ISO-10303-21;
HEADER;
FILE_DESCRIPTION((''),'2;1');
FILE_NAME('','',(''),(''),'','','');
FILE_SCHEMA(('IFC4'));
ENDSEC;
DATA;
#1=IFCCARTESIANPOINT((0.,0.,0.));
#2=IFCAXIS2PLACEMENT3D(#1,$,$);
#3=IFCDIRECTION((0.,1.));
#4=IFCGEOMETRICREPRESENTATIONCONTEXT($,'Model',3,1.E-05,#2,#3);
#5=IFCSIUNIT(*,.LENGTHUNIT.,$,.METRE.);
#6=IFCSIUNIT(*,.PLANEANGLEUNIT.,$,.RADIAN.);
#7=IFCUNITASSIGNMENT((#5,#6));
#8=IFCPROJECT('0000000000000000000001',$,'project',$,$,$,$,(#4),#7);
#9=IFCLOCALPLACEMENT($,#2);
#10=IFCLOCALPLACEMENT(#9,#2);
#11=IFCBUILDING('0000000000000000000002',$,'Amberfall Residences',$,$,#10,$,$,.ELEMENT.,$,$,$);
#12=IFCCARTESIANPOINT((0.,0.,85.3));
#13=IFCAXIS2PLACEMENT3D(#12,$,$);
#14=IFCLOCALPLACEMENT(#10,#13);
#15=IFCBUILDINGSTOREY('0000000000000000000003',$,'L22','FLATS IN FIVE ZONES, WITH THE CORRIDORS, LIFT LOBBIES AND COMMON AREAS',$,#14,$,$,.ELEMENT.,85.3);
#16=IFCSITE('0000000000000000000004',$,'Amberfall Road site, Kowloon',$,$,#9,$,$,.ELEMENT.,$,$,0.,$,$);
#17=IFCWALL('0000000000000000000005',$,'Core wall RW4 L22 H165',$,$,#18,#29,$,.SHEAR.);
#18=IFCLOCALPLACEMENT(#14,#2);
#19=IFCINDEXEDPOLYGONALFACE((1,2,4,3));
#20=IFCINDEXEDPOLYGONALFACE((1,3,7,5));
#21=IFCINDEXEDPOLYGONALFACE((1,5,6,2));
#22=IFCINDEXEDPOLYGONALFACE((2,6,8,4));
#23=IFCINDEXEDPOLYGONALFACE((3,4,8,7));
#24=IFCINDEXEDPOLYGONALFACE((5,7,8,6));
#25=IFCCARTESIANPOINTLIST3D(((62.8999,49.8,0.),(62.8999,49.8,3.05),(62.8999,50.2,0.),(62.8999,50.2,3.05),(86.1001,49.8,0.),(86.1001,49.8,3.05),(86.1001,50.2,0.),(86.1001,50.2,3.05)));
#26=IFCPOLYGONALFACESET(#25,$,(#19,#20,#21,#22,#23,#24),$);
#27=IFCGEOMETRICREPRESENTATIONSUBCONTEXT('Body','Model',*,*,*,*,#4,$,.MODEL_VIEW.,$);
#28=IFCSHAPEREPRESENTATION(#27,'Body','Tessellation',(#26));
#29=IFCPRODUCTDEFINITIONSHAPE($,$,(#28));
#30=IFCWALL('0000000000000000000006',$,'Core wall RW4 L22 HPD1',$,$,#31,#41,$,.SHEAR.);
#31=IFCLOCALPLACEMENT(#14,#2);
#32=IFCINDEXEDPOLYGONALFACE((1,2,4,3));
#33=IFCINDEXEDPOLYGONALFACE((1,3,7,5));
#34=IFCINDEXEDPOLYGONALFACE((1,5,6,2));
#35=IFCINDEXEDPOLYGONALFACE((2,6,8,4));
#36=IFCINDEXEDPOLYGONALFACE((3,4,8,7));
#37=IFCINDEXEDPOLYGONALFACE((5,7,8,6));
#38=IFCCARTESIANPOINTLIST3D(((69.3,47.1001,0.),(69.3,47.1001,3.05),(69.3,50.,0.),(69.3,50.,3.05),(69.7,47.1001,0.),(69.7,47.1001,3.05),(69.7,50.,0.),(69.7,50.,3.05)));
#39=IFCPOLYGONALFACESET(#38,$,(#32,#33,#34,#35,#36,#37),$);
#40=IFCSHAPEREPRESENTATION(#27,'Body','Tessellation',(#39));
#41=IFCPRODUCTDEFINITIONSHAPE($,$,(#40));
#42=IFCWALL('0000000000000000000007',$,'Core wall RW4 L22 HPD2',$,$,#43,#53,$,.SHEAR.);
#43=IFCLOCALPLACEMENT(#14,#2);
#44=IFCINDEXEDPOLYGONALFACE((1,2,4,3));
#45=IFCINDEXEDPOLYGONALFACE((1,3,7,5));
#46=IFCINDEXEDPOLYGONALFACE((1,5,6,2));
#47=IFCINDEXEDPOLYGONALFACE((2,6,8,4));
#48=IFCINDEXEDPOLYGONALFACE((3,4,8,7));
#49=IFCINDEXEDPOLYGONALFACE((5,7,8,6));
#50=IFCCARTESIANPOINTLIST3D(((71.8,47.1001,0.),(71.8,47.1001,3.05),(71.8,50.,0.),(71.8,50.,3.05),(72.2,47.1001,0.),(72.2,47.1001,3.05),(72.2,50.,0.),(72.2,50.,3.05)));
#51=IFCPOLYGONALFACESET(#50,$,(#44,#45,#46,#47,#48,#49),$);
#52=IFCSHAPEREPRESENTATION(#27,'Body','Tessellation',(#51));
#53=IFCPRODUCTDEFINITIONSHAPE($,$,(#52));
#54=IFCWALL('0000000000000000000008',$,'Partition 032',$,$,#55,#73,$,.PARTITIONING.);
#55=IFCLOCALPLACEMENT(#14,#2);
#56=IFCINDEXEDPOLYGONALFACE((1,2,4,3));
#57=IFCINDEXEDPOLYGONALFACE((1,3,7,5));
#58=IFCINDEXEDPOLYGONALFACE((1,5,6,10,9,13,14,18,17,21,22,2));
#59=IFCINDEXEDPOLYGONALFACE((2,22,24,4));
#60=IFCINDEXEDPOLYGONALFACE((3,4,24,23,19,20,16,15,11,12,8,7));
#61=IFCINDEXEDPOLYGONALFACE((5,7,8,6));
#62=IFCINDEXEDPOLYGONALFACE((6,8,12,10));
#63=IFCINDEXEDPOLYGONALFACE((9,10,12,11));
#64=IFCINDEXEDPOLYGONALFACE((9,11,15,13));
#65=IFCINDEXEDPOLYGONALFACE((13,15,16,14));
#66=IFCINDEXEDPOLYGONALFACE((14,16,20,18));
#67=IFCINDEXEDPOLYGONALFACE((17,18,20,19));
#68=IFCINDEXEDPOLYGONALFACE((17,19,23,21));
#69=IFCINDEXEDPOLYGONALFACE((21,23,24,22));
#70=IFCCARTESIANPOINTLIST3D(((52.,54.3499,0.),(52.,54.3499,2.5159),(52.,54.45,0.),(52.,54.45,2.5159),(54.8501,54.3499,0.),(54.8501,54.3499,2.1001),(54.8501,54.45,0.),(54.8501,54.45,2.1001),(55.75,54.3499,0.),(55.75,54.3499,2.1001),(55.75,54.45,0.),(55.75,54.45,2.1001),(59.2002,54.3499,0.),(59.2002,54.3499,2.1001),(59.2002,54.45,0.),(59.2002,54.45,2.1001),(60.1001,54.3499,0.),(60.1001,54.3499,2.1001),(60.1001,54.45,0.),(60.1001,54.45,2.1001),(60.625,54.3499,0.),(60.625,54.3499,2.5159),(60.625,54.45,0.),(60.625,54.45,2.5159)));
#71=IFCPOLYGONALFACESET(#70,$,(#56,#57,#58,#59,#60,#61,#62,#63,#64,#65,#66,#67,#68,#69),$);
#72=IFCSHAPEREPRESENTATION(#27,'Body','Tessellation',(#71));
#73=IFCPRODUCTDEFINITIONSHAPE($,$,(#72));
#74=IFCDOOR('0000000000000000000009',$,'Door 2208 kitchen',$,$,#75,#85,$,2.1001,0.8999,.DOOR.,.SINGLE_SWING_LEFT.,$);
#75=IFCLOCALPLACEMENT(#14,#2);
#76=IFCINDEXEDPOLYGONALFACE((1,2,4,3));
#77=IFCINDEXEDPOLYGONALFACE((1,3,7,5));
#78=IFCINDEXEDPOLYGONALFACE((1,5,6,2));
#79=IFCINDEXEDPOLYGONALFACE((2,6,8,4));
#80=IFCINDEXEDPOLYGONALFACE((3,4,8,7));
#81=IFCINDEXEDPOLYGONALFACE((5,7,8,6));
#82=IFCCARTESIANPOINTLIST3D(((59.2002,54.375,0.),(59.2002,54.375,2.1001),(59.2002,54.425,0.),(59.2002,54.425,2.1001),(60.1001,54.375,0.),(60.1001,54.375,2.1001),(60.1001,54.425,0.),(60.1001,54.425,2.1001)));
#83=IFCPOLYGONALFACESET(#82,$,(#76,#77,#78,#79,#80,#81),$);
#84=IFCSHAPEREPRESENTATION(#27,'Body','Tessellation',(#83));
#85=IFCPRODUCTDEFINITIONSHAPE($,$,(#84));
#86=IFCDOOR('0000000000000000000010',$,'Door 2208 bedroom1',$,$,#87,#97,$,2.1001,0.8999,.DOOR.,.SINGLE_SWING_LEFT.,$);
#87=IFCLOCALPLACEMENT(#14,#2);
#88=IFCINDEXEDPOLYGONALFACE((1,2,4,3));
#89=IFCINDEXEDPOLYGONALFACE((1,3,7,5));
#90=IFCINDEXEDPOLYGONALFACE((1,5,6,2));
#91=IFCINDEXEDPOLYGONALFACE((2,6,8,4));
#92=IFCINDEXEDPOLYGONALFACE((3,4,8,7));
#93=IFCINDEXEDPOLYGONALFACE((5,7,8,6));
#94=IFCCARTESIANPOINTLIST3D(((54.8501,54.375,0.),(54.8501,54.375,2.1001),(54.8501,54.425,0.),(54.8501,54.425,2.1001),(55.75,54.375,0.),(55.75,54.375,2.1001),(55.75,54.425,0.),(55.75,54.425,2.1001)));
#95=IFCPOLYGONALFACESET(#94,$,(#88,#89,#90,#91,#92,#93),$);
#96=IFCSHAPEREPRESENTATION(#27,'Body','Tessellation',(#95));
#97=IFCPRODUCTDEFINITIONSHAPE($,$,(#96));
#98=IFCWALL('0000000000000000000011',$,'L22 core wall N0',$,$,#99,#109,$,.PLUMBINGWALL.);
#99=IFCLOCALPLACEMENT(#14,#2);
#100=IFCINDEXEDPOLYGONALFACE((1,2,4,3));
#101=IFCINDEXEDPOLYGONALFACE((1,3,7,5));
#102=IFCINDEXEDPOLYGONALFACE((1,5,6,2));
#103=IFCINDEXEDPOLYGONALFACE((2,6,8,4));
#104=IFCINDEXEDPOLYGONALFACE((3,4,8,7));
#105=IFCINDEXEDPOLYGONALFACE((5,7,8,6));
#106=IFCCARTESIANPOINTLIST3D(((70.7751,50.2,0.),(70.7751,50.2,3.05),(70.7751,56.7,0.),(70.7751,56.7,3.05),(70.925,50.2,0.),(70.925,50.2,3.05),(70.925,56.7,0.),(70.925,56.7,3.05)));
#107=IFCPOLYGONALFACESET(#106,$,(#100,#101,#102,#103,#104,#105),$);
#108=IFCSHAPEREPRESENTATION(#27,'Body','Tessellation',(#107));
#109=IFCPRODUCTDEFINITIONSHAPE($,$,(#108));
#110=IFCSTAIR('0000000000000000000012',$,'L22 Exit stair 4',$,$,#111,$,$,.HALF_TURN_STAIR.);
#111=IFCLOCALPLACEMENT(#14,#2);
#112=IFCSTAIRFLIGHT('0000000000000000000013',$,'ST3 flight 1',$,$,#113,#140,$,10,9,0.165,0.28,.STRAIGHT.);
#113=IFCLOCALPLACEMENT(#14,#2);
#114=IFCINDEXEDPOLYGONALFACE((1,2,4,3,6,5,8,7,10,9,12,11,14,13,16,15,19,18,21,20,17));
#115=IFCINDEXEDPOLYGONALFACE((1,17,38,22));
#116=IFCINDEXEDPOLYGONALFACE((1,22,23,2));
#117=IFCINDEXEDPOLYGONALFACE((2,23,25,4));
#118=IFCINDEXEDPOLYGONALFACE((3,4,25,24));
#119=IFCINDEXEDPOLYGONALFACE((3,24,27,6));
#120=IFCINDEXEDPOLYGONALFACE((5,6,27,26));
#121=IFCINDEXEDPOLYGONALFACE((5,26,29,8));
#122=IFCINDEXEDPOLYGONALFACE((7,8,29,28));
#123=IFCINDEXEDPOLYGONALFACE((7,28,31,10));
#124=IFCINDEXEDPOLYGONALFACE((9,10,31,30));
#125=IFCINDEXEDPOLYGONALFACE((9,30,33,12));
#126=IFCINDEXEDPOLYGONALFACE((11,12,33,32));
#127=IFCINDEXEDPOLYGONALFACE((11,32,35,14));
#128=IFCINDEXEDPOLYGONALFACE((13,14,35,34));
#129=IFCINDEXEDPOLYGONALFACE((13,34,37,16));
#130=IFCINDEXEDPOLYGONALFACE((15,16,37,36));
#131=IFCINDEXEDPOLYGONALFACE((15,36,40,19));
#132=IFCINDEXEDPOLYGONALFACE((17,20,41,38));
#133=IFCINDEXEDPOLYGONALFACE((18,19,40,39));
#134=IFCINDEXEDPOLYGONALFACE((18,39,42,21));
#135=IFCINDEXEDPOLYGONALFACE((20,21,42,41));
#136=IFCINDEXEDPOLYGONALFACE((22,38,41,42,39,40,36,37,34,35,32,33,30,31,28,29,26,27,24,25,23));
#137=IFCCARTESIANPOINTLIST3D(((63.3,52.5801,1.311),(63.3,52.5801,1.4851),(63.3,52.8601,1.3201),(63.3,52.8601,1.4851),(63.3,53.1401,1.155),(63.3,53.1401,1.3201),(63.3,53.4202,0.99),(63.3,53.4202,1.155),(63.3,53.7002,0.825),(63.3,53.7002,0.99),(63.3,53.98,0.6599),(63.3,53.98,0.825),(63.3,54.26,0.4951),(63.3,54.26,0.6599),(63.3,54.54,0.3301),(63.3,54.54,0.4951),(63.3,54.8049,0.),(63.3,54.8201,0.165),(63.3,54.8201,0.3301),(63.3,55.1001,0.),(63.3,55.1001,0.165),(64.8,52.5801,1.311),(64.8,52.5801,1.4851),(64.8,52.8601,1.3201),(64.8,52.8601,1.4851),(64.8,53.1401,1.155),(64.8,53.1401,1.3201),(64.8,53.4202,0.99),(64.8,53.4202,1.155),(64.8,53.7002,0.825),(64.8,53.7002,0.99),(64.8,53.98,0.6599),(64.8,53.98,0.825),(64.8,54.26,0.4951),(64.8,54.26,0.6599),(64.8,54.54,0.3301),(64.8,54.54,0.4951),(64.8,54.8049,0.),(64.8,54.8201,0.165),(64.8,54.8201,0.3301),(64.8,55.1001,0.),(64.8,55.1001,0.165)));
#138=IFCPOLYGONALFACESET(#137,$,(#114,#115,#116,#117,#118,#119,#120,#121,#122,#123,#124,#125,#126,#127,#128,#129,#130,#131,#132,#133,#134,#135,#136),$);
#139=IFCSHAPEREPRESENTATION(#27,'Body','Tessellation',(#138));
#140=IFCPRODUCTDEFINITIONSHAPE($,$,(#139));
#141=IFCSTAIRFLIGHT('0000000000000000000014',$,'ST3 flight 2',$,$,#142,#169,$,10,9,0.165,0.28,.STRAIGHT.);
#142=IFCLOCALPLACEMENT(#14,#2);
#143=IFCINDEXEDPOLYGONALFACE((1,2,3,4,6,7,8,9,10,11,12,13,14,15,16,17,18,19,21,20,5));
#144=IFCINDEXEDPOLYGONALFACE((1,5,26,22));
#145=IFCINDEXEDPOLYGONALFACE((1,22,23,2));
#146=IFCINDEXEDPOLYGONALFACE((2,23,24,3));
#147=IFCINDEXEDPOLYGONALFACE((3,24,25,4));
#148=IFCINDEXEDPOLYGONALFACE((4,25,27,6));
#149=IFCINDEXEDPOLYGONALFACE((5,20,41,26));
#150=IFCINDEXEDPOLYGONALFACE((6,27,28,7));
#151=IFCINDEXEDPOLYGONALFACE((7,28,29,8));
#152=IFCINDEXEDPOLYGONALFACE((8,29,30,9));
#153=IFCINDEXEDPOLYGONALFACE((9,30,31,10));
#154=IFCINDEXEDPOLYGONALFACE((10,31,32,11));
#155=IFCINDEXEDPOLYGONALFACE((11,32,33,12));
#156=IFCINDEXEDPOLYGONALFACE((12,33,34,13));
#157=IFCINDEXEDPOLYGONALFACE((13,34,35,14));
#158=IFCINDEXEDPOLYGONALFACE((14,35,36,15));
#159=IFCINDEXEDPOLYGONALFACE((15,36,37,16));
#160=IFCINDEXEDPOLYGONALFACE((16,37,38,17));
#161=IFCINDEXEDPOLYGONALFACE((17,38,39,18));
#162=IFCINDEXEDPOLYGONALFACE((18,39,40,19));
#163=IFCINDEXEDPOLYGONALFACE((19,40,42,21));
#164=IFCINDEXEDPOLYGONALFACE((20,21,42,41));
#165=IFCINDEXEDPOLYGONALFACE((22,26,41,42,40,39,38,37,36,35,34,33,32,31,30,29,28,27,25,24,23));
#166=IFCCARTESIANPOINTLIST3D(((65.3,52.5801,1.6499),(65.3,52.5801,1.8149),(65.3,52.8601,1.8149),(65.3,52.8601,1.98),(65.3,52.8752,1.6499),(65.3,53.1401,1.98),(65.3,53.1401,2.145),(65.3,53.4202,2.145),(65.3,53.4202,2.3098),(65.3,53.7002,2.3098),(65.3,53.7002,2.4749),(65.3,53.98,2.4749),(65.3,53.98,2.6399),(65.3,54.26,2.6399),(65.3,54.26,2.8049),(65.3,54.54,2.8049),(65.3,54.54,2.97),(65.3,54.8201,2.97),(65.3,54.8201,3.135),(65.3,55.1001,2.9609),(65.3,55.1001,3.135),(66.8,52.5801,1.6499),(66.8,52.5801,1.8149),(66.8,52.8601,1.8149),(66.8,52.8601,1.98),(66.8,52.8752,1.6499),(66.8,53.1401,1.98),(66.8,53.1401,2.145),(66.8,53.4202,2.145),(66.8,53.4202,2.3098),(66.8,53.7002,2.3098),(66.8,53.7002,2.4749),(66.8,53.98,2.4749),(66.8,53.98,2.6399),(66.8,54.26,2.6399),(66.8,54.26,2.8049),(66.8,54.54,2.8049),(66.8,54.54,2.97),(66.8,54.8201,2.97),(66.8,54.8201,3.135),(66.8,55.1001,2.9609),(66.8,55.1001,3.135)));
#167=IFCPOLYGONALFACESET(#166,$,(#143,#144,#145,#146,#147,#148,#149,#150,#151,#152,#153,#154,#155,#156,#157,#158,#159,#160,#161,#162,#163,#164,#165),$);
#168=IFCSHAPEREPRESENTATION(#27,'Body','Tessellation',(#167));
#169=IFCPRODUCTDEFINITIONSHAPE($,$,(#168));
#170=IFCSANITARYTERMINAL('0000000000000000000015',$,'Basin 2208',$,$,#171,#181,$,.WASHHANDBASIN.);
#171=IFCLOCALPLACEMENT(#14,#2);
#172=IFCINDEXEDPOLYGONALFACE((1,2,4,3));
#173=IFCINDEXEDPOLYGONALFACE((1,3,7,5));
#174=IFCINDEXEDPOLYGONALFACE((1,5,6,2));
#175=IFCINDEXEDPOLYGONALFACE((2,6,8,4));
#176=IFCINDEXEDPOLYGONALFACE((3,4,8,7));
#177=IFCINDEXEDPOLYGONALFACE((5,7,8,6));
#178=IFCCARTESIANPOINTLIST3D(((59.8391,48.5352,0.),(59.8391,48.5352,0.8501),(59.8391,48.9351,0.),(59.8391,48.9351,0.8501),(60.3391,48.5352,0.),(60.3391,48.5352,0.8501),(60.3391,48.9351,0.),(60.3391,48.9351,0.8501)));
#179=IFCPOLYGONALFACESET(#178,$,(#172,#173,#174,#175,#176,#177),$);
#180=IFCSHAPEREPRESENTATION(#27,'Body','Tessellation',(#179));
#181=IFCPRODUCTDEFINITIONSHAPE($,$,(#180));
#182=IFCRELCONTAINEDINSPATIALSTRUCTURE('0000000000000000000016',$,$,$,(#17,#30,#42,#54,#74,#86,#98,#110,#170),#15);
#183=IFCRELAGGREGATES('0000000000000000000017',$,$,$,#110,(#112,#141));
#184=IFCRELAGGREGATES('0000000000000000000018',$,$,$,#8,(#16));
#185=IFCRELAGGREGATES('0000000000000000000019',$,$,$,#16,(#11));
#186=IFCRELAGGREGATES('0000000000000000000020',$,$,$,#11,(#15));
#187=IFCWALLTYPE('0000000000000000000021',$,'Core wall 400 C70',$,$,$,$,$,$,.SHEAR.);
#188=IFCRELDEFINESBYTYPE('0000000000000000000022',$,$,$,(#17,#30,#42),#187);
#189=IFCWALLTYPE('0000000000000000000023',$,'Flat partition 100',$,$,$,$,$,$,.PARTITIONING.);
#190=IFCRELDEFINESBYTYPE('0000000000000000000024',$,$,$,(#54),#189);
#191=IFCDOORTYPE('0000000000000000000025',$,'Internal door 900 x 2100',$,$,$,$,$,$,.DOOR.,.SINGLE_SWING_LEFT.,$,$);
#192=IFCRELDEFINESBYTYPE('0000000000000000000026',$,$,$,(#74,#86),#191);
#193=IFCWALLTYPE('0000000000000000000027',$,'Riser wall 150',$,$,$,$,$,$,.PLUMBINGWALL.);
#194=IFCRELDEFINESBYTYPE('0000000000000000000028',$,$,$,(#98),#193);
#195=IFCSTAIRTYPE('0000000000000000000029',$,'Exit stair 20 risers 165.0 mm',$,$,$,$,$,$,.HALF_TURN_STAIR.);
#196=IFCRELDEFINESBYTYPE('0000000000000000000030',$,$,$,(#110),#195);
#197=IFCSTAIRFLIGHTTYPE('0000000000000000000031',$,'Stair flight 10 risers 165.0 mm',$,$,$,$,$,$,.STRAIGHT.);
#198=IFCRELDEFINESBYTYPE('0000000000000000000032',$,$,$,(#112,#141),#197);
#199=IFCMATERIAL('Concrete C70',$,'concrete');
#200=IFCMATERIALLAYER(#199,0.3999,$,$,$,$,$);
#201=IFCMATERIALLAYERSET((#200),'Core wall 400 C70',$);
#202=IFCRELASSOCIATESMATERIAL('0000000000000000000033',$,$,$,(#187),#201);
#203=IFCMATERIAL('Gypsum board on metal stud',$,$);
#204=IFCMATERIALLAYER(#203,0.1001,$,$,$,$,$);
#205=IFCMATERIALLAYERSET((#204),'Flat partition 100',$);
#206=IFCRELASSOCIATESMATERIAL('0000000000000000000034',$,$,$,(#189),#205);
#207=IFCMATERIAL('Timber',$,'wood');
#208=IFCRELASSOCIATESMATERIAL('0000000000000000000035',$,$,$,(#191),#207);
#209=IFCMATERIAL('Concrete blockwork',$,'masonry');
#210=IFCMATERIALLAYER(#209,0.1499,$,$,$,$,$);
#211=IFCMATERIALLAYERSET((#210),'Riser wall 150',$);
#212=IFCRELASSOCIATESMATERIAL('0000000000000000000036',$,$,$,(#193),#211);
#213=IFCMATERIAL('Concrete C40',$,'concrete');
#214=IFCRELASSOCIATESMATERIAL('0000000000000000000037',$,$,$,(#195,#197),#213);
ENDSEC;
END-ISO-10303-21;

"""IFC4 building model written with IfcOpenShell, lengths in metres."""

from ifc_helpers import new_model, si_unit, direction, frame, frame_2d, origin, origin_2d, place, context, subcontext, project, spatial, polyline, rectangle, outline, extrude, material, layer, layer_set, type_object, element, fill, aggregate, save


model = new_model("IFC4")

# Units and contexts
model_context = context("Model", 3, precision=1e-05, world=origin(), true_north=direction((0.0, 1.0)))
body_context = subcontext(model_context, "Body", "Model", "MODEL_VIEW")
ifc_project = project(units=[si_unit("LENGTHUNIT", "METRE"), si_unit("PLANEANGLEUNIT", "RADIAN")], contexts=[model_context])

# Site, building, storey
site_placement = place(None, origin())
site = spatial("IfcSite", under=ifc_project, at=site_placement, Name="Amberfall Road site, Kowloon", CompositionType="ELEMENT", RefElevation=0.0)
building_placement = place(site_placement, origin())
building = spatial("IfcBuilding", under=site, at=building_placement, Name="Amberfall Residences", CompositionType="ELEMENT")
storey_placement = place(building_placement, frame((0.0, 0.0, 85.3)))
storey = spatial("IfcBuildingStorey", under=building, at=storey_placement, Name="L22", Description="FLATS IN FIVE ZONES, WITH THE CORRIDORS, LIFT LOBBIES AND COMMON AREAS", CompositionType="ELEMENT", Elevation=85.3)

# Walls
ifc_material_1 = material(Name="Concrete C70", Category="concrete")
ifc_layer_1 = layer(ifc_material_1, 0.3999)
ifc_layer_set_1 = layer_set([ifc_layer_1], Name="Core wall 400 C70")
wall_type_1 = type_object("IfcWallType", Name="Core wall 400 C70", PredefinedType="SHEAR", material=ifc_layer_set_1)
wall_1_placement = place(storey_placement, frame((62.8999, 50.0, 0.0), z_axis=(0.0, 0.0, 1.0), x_axis=(1.0, 0.0, 0.0)))
element("IfcWall", 1, at=wall_1_placement, inside=storey, type_object=wall_type_1, Name="Core wall RW4 L22 H165", PredefinedType="SHEAR", context=body_context, shape_type="SweptSolid", body=[
    extrude(rectangle(XDim=23.2002, YDim=0.3999, at=frame_2d((11.6001, 0.0))), origin(), (0.0, 0.0, 1.0), 3.05),
])
for number, where, z_axis, x_axis, name in (
    (2, (69.5, 47.1001, 0.0), (0.0, 0.0, 1.0), (0.0, 1.0, 0.0), "Core wall RW4 L22 HPD1"),
    (3, (72.0, 47.1001, 0.0), (0.0, 0.0, 1.0), (0.0, 1.0, 0.0), "Core wall RW4 L22 HPD2"),
):
    element("IfcWall", number, at=place(storey_placement, frame(where, z_axis=z_axis, x_axis=x_axis)), inside=storey, type_object=wall_type_1, Name=name, PredefinedType="SHEAR", context=body_context, shape_type="SweptSolid", body=[
        extrude(rectangle(XDim=2.8999, YDim=0.3999, at=frame_2d((1.45, 0.0))), origin(), (0.0, 0.0, 1.0), 3.05),
    ])

# Wall, openings, doors
ifc_material_2 = material(Name="Gypsum board on metal stud")
ifc_layer_2 = layer(ifc_material_2, 0.1001)
ifc_layer_set_2 = layer_set([ifc_layer_2], Name="Flat partition 100")
wall_type_2 = type_object("IfcWallType", Name="Flat partition 100", PredefinedType="PARTITIONING", material=ifc_layer_set_2)
wall_2_placement = place(storey_placement, frame((60.625, 54.3999, 0.0), z_axis=(0.0, 0.0, 1.0), x_axis=(-1.0, 0.0, 0.0)))
wall_2 = element("IfcWall", 4, at=wall_2_placement, inside=storey, type_object=wall_type_2, Name="Partition 032", PredefinedType="PARTITIONING", context=body_context, shape_type="SweptSolid", body=[
    extrude(rectangle(XDim=8.625, YDim=0.1001, at=frame_2d((4.3125, 0.0))), origin(), (0.0, 0.0, 1.0), 2.5159),
])
opening_1_placement = place(wall_2_placement, frame((0.5249, 0.0, 0.0)))
opening_1 = element("IfcOpeningElement", 5, at=opening_1_placement, cuts=wall_2, PredefinedType="OPENING", context=body_context, shape_type="SweptSolid", body=[
    extrude(rectangle(XDim=0.8999, YDim=2.1001, at=frame_2d((0.45, 1.05))), frame((0.0, 0.0601, 0.0), z_axis=(0.0, -1.0, 0.0), x_axis=(1.0, 0.0, 0.0)), (0.0, 0.0, 1.0), 0.1201),
])
opening_2_placement = place(wall_2_placement, frame((4.875, 0.0, 0.0)))
opening_2 = element("IfcOpeningElement", 6, at=opening_2_placement, cuts=wall_2, PredefinedType="OPENING", context=body_context, shape_type="SweptSolid", body=[
    extrude(rectangle(XDim=0.8999, YDim=2.1001, at=frame_2d((0.45, 1.05))), frame((0.0, 0.0601, 0.0), z_axis=(0.0, -1.0, 0.0), x_axis=(1.0, 0.0, 0.0)), (0.0, 0.0, 1.0), 0.1201),
])
ifc_material_3 = material(Name="Timber", Category="wood")
door_type = type_object("IfcDoorType", Name="Internal door 900 x 2100", OperationType="SINGLE_SWING_LEFT", PredefinedType="DOOR", material=ifc_material_3)
door_1_placement = place(opening_1_placement, origin())
door_1 = element("IfcDoor", 7, at=door_1_placement, inside=storey, type_object=door_type, Name="Door 2208 kitchen", OperationType="SINGLE_SWING_LEFT", OverallHeight=2.1001, OverallWidth=0.8999, PredefinedType="DOOR", context=body_context, shape_type="SweptSolid", body=[
    extrude(rectangle(XDim=0.8999, YDim=2.1001, at=frame_2d((0.45, 1.05))), frame((0.0, 0.0249, 0.0), z_axis=(0.0, -1.0, 0.0), x_axis=(1.0, 0.0, 0.0)), (0.0, 0.0, 1.0), 0.05),
])
fill(opening_1, door_1)
door_2_placement = place(opening_2_placement, origin())
door_2 = element("IfcDoor", 8, at=door_2_placement, inside=storey, type_object=door_type, Name="Door 2208 bedroom1", OperationType="SINGLE_SWING_LEFT", OverallHeight=2.1001, OverallWidth=0.8999, PredefinedType="DOOR", context=body_context, shape_type="SweptSolid", body=[
    extrude(rectangle(XDim=0.8999, YDim=2.1001, at=frame_2d((0.45, 1.05))), frame((0.0, 0.0249, 0.0), z_axis=(0.0, -1.0, 0.0), x_axis=(1.0, 0.0, 0.0)), (0.0, 0.0, 1.0), 0.05),
])
fill(opening_2, door_2)

# Wall
ifc_material_4 = material(Name="Concrete blockwork", Category="masonry")
ifc_layer_3 = layer(ifc_material_4, 0.1499)
ifc_layer_set_3 = layer_set([ifc_layer_3], Name="Riser wall 150")
wall_type_3 = type_object("IfcWallType", Name="Riser wall 150", PredefinedType="PLUMBINGWALL", material=ifc_layer_set_3)
wall_3_placement = place(storey_placement, frame((70.8501, 50.2, 0.0), z_axis=(0.0, 0.0, 1.0), x_axis=(0.0, 1.0, 0.0)))
element("IfcWall", 9, at=wall_3_placement, inside=storey, type_object=wall_type_3, Name="L22 core wall N0", PredefinedType="PLUMBINGWALL", context=body_context, shape_type="SweptSolid", body=[
    extrude(rectangle(XDim=6.5, YDim=0.1499, at=frame_2d((3.25, 0.0))), origin(), (0.0, 0.0, 1.0), 3.05),
])

# Stair, stair flights
ifc_material_5 = material(Name="Concrete C40", Category="concrete")
stair_type = type_object("IfcStairType", Name="Exit stair 20 risers 165.0 mm", PredefinedType="HALF_TURN_STAIR", material=ifc_material_5)
stair_placement = place(storey_placement, origin())
stair = element("IfcStair", 10, at=stair_placement, inside=storey, type_object=stair_type, Name="L22 Exit stair 4", PredefinedType="HALF_TURN_STAIR")
stair_flight_type = type_object("IfcStairFlightType", Name="Stair flight 10 risers 165.0 mm", PredefinedType="STRAIGHT", material=ifc_material_5)
stair_flight_1_placement = place(storey_placement, frame((64.05, 55.1001, 0.0), z_axis=(0.0, 0.0, 1.0), x_axis=(0.0, -1.0, 0.0)))
stair_flight_1 = element("IfcStairFlight", 11, at=stair_flight_1_placement, type_object=stair_flight_type, Name="ST3 flight 1", NumberOfRisers=10, NumberOfTreads=9, PredefinedType="STRAIGHT", RiserHeight=0.165, TreadLength=0.28, context=body_context, shape_type="SweptSolid", body=[
    extrude(outline(polyline([(0.0, 0.0), (0.0, 0.165), (0.28, 0.165), (0.28, 0.3301), (0.5601, 0.3301), (0.5601, 0.4951), (0.8401, 0.4951), (0.8401, 0.6599), (1.1201, 0.6599), (1.1201, 0.825), (1.3999, 0.825), (1.3999, 0.99), (1.6799, 0.99), (1.6799, 1.155), (1.96, 1.155), (1.96, 1.3201), (2.24, 1.3201), (2.24, 1.4851), (2.52, 1.4851), (2.52, 1.6499), (2.52, 1.311), (0.2952, 0.0), (0.0, 0.0)])), frame((0.0, 0.75, 0.0), z_axis=(0.0, -1.0, 0.0), x_axis=(1.0, 0.0, 0.0)), (0.0, 0.0, 1.0), 1.5),
])
stair_flight_2_placement = place(storey_placement, frame((66.05, 52.5801, 1.6499), z_axis=(0.0, 0.0, 1.0), x_axis=(0.0, 1.0, 0.0)))
stair_flight_2 = element("IfcStairFlight", 12, at=stair_flight_2_placement, type_object=stair_flight_type, Name="ST3 flight 2", NumberOfRisers=10, NumberOfTreads=9, PredefinedType="STRAIGHT", RiserHeight=0.165, TreadLength=0.28, context=body_context, shape_type="SweptSolid", body=[
    extrude(outline(polyline([(0.0, 0.0), (0.0, 0.165), (0.28, 0.165), (0.28, 0.3301), (0.5601, 0.3301), (0.5601, 0.4951), (0.8401, 0.4951), (0.8401, 0.6599), (1.1201, 0.6599), (1.1201, 0.825), (1.3999, 0.825), (1.3999, 0.99), (1.6799, 0.99), (1.6799, 1.155), (1.96, 1.155), (1.96, 1.3201), (2.24, 1.3201), (2.24, 1.4851), (2.52, 1.4851), (2.52, 1.6499), (2.52, 1.311), (0.2952, 0.0), (0.0, 0.0)])), frame((0.0, 0.75, 0.0), z_axis=(0.0, -1.0, 0.0), x_axis=(1.0, 0.0, 0.0)), (0.0, 0.0, 1.0), 1.5),
])
aggregate(stair, [stair_flight_1, stair_flight_2])

# Sanitary terminal
sanitary_terminal_1_placement = place(storey_placement, frame((60.0891, 48.7351, 0.0), z_axis=(0.0, 0.0, 1.0), x_axis=(1.0, 0.0, 0.0)))
element("IfcSanitaryTerminal", 13, at=sanitary_terminal_1_placement, inside=storey, Name="Basin 2208", PredefinedType="WASHHANDBASIN", context=body_context, shape_type="SweptSolid", body=[
    extrude(rectangle(XDim=0.5, YDim=0.3999, at=origin_2d()), origin(), (0.0, 0.0, 1.0), 0.8501),
])

save(model, "model.ifc")
